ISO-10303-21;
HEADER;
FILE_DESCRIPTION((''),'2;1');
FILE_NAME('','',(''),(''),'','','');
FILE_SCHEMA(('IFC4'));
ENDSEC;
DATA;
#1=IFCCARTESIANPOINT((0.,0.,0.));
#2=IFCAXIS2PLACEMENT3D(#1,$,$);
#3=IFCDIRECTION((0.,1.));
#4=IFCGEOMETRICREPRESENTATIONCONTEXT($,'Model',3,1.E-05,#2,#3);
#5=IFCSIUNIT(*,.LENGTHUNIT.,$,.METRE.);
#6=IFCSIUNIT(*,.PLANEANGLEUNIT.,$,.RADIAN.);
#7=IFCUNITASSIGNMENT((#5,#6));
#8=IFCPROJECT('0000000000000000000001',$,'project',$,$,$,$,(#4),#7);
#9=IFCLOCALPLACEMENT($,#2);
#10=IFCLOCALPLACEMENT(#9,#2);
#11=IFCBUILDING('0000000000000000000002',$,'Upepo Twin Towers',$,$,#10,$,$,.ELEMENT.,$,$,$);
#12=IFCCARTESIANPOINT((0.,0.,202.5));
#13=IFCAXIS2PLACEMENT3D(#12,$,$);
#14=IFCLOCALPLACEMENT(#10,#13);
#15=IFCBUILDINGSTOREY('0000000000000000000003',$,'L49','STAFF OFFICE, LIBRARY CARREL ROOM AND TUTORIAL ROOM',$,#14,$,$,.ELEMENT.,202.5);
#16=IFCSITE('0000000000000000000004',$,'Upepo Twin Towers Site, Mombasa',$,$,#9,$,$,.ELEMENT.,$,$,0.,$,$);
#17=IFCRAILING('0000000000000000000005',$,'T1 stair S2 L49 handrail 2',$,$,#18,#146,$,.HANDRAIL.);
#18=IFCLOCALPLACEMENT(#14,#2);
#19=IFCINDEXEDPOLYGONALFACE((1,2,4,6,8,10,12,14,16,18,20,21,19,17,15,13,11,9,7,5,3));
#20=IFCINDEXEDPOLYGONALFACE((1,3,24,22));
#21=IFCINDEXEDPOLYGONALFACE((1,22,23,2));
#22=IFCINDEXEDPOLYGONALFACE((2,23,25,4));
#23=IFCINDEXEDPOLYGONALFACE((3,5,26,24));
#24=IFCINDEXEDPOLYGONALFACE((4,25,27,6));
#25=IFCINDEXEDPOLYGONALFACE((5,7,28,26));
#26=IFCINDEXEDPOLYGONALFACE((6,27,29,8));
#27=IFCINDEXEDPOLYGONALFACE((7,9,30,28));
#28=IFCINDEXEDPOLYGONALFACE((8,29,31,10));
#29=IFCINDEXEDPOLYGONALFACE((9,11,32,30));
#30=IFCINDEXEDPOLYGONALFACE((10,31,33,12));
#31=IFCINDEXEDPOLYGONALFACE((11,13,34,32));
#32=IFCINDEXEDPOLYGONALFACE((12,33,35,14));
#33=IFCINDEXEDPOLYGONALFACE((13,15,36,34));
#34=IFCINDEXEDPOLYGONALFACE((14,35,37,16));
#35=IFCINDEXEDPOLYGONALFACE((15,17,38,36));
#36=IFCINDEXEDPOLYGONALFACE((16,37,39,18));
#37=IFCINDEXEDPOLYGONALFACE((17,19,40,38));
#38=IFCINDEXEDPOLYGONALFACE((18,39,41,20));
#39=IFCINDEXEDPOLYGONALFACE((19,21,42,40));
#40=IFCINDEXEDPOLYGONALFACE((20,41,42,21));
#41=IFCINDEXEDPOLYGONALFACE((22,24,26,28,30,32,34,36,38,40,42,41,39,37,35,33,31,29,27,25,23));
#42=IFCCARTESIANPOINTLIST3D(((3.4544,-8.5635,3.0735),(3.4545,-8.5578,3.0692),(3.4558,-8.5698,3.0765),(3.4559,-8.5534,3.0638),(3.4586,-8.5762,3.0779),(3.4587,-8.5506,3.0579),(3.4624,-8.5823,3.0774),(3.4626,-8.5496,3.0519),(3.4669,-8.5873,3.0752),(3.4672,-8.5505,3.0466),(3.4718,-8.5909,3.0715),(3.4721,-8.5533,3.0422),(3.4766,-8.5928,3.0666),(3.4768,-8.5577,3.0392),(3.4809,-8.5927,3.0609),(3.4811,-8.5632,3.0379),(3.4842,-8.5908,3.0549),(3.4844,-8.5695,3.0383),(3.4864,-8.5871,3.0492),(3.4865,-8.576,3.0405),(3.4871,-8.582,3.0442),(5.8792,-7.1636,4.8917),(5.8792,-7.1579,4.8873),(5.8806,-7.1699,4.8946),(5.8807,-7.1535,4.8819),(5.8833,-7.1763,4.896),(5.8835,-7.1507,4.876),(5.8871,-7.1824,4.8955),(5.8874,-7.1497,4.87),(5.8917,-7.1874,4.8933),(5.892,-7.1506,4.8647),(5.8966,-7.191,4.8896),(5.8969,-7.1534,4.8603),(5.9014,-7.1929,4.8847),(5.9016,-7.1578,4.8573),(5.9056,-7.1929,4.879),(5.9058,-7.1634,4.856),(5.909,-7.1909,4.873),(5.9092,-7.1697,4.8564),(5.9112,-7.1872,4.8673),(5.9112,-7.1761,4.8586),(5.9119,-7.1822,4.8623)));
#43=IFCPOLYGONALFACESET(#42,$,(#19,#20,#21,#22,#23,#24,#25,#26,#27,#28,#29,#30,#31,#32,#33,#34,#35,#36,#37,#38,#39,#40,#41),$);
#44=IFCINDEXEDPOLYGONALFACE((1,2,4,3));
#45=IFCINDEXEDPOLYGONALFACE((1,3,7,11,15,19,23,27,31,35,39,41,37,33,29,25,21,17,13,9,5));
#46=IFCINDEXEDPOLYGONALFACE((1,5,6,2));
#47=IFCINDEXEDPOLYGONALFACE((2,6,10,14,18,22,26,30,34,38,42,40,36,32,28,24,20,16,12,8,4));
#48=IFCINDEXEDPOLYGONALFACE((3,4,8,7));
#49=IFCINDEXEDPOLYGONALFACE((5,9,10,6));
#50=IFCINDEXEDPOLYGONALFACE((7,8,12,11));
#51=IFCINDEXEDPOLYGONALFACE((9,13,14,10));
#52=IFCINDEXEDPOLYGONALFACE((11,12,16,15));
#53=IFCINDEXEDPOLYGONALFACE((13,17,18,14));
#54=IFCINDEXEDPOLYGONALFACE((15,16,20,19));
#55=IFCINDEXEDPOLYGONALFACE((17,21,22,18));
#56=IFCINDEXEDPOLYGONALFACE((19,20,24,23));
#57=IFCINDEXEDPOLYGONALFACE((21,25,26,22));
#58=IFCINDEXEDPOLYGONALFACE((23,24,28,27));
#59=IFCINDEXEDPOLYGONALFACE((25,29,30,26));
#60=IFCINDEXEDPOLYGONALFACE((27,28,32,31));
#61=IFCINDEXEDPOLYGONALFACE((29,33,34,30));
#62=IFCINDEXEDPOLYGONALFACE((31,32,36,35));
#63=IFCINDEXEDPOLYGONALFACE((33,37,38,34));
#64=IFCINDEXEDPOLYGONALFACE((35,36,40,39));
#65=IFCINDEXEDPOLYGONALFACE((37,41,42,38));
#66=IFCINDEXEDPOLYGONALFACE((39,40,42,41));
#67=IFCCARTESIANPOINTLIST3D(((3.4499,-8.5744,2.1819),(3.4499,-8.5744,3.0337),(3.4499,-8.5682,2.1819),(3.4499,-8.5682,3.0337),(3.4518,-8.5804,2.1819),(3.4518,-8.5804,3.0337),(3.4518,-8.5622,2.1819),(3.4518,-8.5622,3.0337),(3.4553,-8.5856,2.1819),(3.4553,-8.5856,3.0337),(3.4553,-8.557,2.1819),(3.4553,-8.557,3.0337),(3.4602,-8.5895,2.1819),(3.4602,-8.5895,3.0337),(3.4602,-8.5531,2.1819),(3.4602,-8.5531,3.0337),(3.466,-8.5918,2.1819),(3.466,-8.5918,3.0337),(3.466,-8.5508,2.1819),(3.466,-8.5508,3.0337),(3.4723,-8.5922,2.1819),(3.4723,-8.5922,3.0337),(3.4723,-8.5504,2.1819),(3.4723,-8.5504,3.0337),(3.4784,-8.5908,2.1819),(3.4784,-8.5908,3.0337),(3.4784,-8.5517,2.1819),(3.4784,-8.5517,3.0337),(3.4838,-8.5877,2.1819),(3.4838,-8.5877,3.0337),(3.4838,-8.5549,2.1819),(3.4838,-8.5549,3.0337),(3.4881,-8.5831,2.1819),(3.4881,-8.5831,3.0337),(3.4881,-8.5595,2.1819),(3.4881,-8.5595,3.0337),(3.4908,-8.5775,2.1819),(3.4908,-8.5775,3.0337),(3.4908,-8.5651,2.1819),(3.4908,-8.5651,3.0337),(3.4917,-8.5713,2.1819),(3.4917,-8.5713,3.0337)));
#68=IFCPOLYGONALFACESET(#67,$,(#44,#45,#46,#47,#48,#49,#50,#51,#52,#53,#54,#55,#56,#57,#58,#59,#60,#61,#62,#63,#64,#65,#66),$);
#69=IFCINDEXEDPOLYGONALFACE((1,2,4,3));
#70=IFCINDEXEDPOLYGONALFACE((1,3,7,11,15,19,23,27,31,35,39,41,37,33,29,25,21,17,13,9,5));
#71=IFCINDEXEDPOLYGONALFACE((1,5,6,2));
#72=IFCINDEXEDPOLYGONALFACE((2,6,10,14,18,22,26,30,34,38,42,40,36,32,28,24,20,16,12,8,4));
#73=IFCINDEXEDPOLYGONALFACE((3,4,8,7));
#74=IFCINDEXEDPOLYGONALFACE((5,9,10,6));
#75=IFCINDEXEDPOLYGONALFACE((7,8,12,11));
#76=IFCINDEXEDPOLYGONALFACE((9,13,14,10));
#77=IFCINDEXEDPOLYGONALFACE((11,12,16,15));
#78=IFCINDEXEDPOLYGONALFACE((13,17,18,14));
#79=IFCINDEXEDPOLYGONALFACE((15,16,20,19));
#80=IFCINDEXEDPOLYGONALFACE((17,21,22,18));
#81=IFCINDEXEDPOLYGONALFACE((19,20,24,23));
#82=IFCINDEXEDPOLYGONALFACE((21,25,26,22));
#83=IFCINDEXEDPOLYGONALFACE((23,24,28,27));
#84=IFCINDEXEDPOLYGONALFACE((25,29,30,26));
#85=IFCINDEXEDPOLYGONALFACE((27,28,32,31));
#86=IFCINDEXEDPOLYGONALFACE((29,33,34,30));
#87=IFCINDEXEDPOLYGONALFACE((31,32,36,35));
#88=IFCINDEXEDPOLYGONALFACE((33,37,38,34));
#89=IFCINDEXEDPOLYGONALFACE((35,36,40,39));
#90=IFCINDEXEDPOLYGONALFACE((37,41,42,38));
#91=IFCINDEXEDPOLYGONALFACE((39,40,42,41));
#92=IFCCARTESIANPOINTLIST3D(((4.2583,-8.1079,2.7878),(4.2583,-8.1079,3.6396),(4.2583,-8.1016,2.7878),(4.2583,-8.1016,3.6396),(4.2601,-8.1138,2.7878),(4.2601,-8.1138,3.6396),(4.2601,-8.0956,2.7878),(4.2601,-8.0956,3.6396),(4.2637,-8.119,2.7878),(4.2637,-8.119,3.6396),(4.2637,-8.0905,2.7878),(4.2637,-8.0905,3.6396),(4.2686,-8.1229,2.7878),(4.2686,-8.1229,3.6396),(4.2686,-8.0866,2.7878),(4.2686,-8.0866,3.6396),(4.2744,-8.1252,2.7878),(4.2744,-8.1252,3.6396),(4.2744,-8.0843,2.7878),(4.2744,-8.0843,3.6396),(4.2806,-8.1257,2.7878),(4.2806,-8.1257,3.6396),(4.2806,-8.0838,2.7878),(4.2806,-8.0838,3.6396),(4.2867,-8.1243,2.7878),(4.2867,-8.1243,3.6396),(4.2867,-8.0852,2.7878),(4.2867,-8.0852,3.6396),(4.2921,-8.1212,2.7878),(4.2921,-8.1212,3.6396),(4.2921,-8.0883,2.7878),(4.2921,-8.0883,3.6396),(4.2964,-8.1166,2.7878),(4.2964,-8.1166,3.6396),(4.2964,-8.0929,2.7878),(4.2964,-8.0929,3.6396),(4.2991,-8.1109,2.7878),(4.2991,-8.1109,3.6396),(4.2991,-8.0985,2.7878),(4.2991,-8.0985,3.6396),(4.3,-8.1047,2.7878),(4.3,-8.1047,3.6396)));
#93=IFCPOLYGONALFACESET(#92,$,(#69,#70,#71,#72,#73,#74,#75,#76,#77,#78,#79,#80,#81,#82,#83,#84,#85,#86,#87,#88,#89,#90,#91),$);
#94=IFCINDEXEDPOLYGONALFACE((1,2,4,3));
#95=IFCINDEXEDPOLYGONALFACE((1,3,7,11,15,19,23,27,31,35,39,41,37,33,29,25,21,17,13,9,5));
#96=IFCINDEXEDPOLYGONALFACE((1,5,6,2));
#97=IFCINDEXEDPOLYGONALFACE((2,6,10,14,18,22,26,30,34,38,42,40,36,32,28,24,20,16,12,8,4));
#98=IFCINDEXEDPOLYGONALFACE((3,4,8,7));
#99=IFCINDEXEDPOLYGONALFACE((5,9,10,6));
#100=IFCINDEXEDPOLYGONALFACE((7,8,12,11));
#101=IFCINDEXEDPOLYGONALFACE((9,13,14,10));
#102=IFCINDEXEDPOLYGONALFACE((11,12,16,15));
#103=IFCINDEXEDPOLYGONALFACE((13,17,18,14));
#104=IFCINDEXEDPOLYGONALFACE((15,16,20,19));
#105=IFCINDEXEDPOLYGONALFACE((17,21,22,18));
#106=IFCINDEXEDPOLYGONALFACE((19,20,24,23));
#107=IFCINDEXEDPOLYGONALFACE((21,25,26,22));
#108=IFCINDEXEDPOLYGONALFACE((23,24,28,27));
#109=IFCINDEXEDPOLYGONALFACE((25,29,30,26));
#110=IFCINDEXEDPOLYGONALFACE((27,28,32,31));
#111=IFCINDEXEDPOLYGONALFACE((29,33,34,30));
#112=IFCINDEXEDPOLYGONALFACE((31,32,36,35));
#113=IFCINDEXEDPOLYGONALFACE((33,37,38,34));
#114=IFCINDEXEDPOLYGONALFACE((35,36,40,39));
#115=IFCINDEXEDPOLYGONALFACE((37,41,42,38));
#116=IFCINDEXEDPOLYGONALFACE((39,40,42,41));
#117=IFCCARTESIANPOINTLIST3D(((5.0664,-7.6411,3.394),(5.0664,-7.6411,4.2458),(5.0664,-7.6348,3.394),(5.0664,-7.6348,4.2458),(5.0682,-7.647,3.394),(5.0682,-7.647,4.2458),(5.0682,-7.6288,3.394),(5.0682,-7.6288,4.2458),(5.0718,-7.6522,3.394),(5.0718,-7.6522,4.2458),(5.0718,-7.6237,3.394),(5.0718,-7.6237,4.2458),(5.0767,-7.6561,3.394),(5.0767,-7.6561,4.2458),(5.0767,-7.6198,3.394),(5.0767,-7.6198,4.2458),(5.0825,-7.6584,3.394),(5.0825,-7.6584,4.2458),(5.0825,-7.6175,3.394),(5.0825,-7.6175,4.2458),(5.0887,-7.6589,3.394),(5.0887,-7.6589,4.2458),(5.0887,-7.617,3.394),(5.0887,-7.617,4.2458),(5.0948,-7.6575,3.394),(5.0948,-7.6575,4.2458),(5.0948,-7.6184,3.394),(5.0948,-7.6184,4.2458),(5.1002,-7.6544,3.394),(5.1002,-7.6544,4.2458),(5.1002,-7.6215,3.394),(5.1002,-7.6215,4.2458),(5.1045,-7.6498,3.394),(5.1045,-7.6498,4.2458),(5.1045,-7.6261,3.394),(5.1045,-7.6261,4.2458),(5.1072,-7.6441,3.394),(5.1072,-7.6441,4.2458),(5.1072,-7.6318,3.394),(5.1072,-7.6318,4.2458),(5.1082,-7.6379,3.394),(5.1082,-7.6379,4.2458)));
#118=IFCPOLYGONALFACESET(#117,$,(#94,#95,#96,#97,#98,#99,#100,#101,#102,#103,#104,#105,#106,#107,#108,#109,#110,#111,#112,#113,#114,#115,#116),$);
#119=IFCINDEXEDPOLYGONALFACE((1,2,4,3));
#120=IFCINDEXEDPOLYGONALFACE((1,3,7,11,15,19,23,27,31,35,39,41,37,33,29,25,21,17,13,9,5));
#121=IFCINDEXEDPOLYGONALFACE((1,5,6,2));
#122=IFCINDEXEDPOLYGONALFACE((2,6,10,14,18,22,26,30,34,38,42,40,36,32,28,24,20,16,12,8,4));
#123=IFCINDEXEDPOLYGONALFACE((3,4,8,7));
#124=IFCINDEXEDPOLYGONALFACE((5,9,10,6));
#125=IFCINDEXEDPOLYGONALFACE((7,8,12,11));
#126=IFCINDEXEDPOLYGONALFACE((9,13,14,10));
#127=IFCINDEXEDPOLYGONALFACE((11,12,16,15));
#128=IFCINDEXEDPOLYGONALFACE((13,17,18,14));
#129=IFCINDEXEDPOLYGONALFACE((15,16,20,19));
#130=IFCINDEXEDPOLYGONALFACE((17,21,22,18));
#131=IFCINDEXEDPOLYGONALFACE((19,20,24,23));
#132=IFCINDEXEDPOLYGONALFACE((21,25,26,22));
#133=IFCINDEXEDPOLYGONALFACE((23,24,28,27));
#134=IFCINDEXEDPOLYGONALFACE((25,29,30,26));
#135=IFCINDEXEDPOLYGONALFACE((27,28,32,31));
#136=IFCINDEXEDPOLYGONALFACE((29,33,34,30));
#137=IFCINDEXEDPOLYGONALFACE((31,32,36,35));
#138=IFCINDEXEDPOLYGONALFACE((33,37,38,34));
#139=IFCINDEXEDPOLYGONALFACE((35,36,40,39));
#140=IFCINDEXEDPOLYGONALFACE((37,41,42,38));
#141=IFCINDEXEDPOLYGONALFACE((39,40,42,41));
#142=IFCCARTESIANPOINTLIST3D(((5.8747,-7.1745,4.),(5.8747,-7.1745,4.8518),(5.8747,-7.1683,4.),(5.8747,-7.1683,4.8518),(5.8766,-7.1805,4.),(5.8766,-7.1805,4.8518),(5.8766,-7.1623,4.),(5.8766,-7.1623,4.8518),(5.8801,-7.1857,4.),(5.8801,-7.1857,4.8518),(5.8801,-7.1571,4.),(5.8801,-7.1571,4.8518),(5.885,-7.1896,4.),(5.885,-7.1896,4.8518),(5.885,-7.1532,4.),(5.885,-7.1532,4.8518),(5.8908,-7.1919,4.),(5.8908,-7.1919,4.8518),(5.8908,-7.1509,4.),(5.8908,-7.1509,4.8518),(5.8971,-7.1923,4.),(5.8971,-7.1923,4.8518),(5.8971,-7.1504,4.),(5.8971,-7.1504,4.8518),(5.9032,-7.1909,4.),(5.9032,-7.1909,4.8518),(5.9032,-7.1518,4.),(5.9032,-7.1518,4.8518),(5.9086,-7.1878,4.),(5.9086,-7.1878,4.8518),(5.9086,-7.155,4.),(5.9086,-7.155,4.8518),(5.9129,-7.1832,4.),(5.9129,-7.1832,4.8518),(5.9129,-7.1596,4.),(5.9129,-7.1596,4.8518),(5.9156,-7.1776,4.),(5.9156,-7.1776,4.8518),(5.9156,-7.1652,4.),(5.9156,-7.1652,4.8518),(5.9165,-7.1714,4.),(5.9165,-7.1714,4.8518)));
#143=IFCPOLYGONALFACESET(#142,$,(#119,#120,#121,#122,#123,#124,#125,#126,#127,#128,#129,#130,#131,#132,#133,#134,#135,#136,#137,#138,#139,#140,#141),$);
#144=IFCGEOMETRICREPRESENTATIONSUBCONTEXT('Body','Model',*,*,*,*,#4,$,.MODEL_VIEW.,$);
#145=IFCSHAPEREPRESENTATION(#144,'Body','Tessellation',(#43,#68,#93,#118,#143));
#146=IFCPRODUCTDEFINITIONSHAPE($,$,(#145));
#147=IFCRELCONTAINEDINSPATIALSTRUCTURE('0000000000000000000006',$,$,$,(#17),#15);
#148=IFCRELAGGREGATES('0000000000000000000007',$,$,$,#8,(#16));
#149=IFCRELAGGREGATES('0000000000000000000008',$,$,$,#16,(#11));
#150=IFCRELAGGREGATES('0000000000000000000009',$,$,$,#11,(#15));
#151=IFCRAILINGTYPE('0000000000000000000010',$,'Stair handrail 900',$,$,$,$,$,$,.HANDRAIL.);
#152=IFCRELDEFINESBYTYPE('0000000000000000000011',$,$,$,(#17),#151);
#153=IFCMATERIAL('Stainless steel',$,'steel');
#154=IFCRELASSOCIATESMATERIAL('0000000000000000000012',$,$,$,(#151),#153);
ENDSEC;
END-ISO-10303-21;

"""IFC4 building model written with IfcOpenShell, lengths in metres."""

from ifc_helpers import new_model, si_unit, direction, frame, origin, origin_2d, place, context, subcontext, project, spatial, circle, extrude, material, type_object, element, save


model = new_model("IFC4")

# Units and contexts
model_context = context("Model", 3, precision=1e-05, world=origin(), true_north=direction((0.0, 1.0)))
body_context = subcontext(model_context, "Body", "Model", "MODEL_VIEW")
ifc_project = project(units=[si_unit("LENGTHUNIT", "METRE"), si_unit("PLANEANGLEUNIT", "RADIAN")], contexts=[model_context])

# Site, building, storey
site_placement = place(None, origin())
site = spatial("IfcSite", under=ifc_project, at=site_placement, Name="Upepo Twin Towers Site, Mombasa", CompositionType="ELEMENT", RefElevation=0.0)
building_placement = place(site_placement, origin())
building = spatial("IfcBuilding", under=site, at=building_placement, Name="Upepo Twin Towers", CompositionType="ELEMENT")
storey_placement = place(building_placement, frame((0.0, 0.0, 202.5)))
storey = spatial("IfcBuildingStorey", under=building, at=storey_placement, Name="L49", Description="STAFF OFFICE, LIBRARY CARREL ROOM AND TUTORIAL ROOM", CompositionType="ELEMENT", Elevation=202.5)

# Railing
ifc_material_1 = material(Name="Stainless steel", Category="steel")
railing_type = type_object("IfcRailingType", Name="Stair handrail 900", PredefinedType="HANDRAIL", material=ifc_material_1)
railing_1_placement = place(storey_placement, frame((3.4707, -8.5713, 2.1819)))
element("IfcRailing", 1, at=railing_1_placement, inside=storey, type_object=railing_type, Name="T1 stair S2 L49 handrail 2", PredefinedType="HANDRAIL", context=body_context, shape_type="SweptSolid", body=[
    extrude(circle(Radius=0.0239, at=origin_2d()), frame((0.0, 0.0, 0.876), z_axis=(0.726336, 0.419333, 0.544606), x_axis=(-0.499984, 0.866035, 0.0)), (0.0, 0.0, 1.0), 3.3384),
    extrude(circle(Radius=0.021, at=origin_2d()), origin(), (0.0, 0.0, 1.0), 0.8518),
    extrude(circle(Radius=0.021, at=origin_2d()), frame((0.8083, 0.4666, 0.606)), (0.0, 0.0, 1.0), 0.8518),
    extrude(circle(Radius=0.021, at=origin_2d()), frame((1.6165, 0.9333, 1.2122)), (0.0, 0.0, 1.0), 0.8518),
    extrude(circle(Radius=0.021, at=origin_2d()), frame((2.4248, 1.3999, 1.8181)), (0.0, 0.0, 1.0), 0.8518),
])

save(model, "model.ifc")
